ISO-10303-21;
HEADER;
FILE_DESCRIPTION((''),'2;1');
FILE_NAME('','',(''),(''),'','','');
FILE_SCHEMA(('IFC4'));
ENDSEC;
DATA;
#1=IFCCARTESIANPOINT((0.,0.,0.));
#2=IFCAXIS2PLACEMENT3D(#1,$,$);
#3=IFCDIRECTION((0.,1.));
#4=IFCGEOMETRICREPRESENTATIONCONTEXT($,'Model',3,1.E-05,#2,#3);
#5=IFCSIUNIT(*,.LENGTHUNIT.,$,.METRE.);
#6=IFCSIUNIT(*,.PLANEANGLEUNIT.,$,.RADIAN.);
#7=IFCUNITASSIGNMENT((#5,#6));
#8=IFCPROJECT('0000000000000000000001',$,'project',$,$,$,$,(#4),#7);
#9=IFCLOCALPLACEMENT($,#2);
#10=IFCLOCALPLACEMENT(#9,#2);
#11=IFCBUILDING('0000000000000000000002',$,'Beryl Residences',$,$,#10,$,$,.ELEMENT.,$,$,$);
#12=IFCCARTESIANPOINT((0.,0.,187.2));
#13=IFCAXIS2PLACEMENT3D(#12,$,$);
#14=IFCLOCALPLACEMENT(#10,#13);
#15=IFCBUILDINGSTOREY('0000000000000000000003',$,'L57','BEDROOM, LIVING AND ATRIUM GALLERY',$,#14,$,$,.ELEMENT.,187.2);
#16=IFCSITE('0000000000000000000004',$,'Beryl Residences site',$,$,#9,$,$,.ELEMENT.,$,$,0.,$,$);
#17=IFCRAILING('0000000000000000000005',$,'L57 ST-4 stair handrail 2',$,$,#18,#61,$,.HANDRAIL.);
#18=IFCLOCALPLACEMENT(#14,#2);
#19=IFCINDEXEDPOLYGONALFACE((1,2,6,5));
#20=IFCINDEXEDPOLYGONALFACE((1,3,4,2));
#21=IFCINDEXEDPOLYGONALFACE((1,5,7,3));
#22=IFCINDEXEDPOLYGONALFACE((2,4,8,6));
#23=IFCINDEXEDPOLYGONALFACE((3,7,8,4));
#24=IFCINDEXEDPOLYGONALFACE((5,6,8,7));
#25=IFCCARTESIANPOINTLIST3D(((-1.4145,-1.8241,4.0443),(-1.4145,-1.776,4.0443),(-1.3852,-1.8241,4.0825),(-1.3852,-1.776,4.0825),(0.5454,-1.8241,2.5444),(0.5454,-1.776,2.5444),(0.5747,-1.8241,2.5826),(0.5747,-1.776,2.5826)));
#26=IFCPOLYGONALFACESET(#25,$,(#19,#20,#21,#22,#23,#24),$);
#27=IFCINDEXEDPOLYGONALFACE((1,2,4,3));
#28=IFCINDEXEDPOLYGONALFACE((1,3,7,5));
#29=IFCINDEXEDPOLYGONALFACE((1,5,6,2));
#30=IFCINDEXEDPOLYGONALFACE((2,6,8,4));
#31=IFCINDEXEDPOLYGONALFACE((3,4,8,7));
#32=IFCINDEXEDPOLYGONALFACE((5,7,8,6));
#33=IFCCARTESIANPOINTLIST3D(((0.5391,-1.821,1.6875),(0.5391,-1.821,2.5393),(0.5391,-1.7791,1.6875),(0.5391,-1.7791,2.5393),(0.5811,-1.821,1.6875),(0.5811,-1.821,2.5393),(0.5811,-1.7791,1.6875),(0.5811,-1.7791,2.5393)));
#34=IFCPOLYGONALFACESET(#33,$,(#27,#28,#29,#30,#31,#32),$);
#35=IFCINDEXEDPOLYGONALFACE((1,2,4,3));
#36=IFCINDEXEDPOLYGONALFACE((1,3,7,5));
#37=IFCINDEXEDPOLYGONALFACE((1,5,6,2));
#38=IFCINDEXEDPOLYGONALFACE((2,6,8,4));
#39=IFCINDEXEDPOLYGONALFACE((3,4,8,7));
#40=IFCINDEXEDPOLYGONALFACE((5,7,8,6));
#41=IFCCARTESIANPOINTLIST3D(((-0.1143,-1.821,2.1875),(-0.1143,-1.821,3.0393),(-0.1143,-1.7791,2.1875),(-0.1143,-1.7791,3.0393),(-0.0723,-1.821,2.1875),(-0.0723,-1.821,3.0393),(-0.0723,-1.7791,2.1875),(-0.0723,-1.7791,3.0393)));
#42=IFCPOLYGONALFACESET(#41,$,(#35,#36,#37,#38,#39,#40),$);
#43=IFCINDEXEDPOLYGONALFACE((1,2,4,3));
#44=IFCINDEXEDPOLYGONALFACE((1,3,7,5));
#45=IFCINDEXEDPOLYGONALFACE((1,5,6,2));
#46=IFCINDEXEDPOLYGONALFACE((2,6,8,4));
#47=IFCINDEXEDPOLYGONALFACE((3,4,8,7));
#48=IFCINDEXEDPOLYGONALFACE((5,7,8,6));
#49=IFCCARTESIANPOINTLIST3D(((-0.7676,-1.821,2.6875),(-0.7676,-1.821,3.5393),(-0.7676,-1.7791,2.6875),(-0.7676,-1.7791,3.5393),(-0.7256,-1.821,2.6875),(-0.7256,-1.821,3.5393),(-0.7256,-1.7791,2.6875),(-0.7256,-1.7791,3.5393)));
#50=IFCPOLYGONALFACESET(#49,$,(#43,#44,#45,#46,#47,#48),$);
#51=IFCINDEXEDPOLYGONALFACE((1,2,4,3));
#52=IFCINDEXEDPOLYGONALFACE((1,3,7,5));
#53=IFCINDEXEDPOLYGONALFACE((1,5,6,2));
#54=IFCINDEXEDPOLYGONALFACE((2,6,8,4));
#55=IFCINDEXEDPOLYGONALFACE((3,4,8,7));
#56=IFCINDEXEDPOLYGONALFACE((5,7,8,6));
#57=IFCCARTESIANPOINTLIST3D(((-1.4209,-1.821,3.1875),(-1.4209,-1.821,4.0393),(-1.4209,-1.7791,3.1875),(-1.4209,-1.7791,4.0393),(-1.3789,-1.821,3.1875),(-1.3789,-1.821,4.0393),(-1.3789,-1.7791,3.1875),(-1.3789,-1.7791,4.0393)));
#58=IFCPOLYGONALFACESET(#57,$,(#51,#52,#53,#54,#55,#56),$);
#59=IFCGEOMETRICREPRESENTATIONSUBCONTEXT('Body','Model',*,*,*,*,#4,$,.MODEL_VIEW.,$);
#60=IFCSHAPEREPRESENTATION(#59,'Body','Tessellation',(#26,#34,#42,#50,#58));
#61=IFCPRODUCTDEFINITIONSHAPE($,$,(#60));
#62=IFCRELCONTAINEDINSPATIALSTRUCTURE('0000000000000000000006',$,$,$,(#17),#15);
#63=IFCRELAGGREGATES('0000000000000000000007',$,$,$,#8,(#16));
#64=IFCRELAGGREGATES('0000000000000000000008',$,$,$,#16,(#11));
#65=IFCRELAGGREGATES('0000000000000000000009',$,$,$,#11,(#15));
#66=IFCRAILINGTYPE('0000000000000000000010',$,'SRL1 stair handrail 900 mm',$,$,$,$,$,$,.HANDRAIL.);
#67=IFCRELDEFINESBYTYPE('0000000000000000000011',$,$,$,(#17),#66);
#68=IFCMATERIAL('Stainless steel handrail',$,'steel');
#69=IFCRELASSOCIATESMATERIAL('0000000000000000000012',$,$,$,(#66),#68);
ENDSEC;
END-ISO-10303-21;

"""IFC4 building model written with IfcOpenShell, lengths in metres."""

from ifc_helpers import new_model, si_unit, direction, frame, origin, origin_2d, place, context, subcontext, project, spatial, rectangle, extrude, material, type_object, element, save


model = new_model("IFC4")

# Units and contexts
model_context = context("Model", 3, precision=1e-05, world=origin(), true_north=direction((0.0, 1.0)))
body_context = subcontext(model_context, "Body", "Model", "MODEL_VIEW")
ifc_project = project(units=[si_unit("LENGTHUNIT", "METRE"), si_unit("PLANEANGLEUNIT", "RADIAN")], contexts=[model_context])

# Site, building, storey
site_placement = place(None, origin())
site = spatial("IfcSite", under=ifc_project, at=site_placement, Name="Beryl Residences site", CompositionType="ELEMENT", RefElevation=0.0)
building_placement = place(site_placement, origin())
building = spatial("IfcBuilding", under=site, at=building_placement, Name="Beryl Residences", CompositionType="ELEMENT")
storey_placement = place(building_placement, frame((0.0, 0.0, 187.2)))
storey = spatial("IfcBuildingStorey", under=building, at=storey_placement, Name="L57", Description="BEDROOM, LIVING AND ATRIUM GALLERY", CompositionType="ELEMENT", Elevation=187.2)

# Railing
ifc_material_1 = material(Name="Stainless steel handrail", Category="steel")
railing_type_1 = type_object("IfcRailingType", Name="SRL1 stair handrail 900 mm", PredefinedType="HANDRAIL", material=ifc_material_1)
for number, where, name in (
    (1, (0.5601, -1.8, 1.6875), "L57 ST-4 stair handrail 2"),
):
    element("IfcRailing", number, at=place(storey_placement, frame(where)), inside=storey, type_object=railing_type_1, Name=name, PredefinedType="HANDRAIL", context=body_context, shape_type="SweptSolid", body=[
        extrude(rectangle(XDim=0.0481, YDim=0.0481, at=origin_2d()), frame((0.0, 0.0, 0.876), z_axis=(-0.794122, 0.0, 0.607758), x_axis=(0.0, -1.0, 0.0)), (0.0, 0.0, 1.0), 2.468),
        extrude(rectangle(XDim=0.042, YDim=0.042, at=origin_2d()), origin(), (0.0, 0.0, 1.0), 0.8518),
        extrude(rectangle(XDim=0.042, YDim=0.042, at=origin_2d()), frame((-0.6533, 0.0, 0.5)), (0.0, 0.0, 1.0), 0.8518),
        extrude(rectangle(XDim=0.042, YDim=0.042, at=origin_2d()), frame((-1.3066, 0.0, 1.0)), (0.0, 0.0, 1.0), 0.8518),
        extrude(rectangle(XDim=0.042, YDim=0.042, at=origin_2d()), frame((-1.96, 0.0, 1.5)), (0.0, 0.0, 1.0), 0.8518),
    ])

save(model, "model.ifc")
